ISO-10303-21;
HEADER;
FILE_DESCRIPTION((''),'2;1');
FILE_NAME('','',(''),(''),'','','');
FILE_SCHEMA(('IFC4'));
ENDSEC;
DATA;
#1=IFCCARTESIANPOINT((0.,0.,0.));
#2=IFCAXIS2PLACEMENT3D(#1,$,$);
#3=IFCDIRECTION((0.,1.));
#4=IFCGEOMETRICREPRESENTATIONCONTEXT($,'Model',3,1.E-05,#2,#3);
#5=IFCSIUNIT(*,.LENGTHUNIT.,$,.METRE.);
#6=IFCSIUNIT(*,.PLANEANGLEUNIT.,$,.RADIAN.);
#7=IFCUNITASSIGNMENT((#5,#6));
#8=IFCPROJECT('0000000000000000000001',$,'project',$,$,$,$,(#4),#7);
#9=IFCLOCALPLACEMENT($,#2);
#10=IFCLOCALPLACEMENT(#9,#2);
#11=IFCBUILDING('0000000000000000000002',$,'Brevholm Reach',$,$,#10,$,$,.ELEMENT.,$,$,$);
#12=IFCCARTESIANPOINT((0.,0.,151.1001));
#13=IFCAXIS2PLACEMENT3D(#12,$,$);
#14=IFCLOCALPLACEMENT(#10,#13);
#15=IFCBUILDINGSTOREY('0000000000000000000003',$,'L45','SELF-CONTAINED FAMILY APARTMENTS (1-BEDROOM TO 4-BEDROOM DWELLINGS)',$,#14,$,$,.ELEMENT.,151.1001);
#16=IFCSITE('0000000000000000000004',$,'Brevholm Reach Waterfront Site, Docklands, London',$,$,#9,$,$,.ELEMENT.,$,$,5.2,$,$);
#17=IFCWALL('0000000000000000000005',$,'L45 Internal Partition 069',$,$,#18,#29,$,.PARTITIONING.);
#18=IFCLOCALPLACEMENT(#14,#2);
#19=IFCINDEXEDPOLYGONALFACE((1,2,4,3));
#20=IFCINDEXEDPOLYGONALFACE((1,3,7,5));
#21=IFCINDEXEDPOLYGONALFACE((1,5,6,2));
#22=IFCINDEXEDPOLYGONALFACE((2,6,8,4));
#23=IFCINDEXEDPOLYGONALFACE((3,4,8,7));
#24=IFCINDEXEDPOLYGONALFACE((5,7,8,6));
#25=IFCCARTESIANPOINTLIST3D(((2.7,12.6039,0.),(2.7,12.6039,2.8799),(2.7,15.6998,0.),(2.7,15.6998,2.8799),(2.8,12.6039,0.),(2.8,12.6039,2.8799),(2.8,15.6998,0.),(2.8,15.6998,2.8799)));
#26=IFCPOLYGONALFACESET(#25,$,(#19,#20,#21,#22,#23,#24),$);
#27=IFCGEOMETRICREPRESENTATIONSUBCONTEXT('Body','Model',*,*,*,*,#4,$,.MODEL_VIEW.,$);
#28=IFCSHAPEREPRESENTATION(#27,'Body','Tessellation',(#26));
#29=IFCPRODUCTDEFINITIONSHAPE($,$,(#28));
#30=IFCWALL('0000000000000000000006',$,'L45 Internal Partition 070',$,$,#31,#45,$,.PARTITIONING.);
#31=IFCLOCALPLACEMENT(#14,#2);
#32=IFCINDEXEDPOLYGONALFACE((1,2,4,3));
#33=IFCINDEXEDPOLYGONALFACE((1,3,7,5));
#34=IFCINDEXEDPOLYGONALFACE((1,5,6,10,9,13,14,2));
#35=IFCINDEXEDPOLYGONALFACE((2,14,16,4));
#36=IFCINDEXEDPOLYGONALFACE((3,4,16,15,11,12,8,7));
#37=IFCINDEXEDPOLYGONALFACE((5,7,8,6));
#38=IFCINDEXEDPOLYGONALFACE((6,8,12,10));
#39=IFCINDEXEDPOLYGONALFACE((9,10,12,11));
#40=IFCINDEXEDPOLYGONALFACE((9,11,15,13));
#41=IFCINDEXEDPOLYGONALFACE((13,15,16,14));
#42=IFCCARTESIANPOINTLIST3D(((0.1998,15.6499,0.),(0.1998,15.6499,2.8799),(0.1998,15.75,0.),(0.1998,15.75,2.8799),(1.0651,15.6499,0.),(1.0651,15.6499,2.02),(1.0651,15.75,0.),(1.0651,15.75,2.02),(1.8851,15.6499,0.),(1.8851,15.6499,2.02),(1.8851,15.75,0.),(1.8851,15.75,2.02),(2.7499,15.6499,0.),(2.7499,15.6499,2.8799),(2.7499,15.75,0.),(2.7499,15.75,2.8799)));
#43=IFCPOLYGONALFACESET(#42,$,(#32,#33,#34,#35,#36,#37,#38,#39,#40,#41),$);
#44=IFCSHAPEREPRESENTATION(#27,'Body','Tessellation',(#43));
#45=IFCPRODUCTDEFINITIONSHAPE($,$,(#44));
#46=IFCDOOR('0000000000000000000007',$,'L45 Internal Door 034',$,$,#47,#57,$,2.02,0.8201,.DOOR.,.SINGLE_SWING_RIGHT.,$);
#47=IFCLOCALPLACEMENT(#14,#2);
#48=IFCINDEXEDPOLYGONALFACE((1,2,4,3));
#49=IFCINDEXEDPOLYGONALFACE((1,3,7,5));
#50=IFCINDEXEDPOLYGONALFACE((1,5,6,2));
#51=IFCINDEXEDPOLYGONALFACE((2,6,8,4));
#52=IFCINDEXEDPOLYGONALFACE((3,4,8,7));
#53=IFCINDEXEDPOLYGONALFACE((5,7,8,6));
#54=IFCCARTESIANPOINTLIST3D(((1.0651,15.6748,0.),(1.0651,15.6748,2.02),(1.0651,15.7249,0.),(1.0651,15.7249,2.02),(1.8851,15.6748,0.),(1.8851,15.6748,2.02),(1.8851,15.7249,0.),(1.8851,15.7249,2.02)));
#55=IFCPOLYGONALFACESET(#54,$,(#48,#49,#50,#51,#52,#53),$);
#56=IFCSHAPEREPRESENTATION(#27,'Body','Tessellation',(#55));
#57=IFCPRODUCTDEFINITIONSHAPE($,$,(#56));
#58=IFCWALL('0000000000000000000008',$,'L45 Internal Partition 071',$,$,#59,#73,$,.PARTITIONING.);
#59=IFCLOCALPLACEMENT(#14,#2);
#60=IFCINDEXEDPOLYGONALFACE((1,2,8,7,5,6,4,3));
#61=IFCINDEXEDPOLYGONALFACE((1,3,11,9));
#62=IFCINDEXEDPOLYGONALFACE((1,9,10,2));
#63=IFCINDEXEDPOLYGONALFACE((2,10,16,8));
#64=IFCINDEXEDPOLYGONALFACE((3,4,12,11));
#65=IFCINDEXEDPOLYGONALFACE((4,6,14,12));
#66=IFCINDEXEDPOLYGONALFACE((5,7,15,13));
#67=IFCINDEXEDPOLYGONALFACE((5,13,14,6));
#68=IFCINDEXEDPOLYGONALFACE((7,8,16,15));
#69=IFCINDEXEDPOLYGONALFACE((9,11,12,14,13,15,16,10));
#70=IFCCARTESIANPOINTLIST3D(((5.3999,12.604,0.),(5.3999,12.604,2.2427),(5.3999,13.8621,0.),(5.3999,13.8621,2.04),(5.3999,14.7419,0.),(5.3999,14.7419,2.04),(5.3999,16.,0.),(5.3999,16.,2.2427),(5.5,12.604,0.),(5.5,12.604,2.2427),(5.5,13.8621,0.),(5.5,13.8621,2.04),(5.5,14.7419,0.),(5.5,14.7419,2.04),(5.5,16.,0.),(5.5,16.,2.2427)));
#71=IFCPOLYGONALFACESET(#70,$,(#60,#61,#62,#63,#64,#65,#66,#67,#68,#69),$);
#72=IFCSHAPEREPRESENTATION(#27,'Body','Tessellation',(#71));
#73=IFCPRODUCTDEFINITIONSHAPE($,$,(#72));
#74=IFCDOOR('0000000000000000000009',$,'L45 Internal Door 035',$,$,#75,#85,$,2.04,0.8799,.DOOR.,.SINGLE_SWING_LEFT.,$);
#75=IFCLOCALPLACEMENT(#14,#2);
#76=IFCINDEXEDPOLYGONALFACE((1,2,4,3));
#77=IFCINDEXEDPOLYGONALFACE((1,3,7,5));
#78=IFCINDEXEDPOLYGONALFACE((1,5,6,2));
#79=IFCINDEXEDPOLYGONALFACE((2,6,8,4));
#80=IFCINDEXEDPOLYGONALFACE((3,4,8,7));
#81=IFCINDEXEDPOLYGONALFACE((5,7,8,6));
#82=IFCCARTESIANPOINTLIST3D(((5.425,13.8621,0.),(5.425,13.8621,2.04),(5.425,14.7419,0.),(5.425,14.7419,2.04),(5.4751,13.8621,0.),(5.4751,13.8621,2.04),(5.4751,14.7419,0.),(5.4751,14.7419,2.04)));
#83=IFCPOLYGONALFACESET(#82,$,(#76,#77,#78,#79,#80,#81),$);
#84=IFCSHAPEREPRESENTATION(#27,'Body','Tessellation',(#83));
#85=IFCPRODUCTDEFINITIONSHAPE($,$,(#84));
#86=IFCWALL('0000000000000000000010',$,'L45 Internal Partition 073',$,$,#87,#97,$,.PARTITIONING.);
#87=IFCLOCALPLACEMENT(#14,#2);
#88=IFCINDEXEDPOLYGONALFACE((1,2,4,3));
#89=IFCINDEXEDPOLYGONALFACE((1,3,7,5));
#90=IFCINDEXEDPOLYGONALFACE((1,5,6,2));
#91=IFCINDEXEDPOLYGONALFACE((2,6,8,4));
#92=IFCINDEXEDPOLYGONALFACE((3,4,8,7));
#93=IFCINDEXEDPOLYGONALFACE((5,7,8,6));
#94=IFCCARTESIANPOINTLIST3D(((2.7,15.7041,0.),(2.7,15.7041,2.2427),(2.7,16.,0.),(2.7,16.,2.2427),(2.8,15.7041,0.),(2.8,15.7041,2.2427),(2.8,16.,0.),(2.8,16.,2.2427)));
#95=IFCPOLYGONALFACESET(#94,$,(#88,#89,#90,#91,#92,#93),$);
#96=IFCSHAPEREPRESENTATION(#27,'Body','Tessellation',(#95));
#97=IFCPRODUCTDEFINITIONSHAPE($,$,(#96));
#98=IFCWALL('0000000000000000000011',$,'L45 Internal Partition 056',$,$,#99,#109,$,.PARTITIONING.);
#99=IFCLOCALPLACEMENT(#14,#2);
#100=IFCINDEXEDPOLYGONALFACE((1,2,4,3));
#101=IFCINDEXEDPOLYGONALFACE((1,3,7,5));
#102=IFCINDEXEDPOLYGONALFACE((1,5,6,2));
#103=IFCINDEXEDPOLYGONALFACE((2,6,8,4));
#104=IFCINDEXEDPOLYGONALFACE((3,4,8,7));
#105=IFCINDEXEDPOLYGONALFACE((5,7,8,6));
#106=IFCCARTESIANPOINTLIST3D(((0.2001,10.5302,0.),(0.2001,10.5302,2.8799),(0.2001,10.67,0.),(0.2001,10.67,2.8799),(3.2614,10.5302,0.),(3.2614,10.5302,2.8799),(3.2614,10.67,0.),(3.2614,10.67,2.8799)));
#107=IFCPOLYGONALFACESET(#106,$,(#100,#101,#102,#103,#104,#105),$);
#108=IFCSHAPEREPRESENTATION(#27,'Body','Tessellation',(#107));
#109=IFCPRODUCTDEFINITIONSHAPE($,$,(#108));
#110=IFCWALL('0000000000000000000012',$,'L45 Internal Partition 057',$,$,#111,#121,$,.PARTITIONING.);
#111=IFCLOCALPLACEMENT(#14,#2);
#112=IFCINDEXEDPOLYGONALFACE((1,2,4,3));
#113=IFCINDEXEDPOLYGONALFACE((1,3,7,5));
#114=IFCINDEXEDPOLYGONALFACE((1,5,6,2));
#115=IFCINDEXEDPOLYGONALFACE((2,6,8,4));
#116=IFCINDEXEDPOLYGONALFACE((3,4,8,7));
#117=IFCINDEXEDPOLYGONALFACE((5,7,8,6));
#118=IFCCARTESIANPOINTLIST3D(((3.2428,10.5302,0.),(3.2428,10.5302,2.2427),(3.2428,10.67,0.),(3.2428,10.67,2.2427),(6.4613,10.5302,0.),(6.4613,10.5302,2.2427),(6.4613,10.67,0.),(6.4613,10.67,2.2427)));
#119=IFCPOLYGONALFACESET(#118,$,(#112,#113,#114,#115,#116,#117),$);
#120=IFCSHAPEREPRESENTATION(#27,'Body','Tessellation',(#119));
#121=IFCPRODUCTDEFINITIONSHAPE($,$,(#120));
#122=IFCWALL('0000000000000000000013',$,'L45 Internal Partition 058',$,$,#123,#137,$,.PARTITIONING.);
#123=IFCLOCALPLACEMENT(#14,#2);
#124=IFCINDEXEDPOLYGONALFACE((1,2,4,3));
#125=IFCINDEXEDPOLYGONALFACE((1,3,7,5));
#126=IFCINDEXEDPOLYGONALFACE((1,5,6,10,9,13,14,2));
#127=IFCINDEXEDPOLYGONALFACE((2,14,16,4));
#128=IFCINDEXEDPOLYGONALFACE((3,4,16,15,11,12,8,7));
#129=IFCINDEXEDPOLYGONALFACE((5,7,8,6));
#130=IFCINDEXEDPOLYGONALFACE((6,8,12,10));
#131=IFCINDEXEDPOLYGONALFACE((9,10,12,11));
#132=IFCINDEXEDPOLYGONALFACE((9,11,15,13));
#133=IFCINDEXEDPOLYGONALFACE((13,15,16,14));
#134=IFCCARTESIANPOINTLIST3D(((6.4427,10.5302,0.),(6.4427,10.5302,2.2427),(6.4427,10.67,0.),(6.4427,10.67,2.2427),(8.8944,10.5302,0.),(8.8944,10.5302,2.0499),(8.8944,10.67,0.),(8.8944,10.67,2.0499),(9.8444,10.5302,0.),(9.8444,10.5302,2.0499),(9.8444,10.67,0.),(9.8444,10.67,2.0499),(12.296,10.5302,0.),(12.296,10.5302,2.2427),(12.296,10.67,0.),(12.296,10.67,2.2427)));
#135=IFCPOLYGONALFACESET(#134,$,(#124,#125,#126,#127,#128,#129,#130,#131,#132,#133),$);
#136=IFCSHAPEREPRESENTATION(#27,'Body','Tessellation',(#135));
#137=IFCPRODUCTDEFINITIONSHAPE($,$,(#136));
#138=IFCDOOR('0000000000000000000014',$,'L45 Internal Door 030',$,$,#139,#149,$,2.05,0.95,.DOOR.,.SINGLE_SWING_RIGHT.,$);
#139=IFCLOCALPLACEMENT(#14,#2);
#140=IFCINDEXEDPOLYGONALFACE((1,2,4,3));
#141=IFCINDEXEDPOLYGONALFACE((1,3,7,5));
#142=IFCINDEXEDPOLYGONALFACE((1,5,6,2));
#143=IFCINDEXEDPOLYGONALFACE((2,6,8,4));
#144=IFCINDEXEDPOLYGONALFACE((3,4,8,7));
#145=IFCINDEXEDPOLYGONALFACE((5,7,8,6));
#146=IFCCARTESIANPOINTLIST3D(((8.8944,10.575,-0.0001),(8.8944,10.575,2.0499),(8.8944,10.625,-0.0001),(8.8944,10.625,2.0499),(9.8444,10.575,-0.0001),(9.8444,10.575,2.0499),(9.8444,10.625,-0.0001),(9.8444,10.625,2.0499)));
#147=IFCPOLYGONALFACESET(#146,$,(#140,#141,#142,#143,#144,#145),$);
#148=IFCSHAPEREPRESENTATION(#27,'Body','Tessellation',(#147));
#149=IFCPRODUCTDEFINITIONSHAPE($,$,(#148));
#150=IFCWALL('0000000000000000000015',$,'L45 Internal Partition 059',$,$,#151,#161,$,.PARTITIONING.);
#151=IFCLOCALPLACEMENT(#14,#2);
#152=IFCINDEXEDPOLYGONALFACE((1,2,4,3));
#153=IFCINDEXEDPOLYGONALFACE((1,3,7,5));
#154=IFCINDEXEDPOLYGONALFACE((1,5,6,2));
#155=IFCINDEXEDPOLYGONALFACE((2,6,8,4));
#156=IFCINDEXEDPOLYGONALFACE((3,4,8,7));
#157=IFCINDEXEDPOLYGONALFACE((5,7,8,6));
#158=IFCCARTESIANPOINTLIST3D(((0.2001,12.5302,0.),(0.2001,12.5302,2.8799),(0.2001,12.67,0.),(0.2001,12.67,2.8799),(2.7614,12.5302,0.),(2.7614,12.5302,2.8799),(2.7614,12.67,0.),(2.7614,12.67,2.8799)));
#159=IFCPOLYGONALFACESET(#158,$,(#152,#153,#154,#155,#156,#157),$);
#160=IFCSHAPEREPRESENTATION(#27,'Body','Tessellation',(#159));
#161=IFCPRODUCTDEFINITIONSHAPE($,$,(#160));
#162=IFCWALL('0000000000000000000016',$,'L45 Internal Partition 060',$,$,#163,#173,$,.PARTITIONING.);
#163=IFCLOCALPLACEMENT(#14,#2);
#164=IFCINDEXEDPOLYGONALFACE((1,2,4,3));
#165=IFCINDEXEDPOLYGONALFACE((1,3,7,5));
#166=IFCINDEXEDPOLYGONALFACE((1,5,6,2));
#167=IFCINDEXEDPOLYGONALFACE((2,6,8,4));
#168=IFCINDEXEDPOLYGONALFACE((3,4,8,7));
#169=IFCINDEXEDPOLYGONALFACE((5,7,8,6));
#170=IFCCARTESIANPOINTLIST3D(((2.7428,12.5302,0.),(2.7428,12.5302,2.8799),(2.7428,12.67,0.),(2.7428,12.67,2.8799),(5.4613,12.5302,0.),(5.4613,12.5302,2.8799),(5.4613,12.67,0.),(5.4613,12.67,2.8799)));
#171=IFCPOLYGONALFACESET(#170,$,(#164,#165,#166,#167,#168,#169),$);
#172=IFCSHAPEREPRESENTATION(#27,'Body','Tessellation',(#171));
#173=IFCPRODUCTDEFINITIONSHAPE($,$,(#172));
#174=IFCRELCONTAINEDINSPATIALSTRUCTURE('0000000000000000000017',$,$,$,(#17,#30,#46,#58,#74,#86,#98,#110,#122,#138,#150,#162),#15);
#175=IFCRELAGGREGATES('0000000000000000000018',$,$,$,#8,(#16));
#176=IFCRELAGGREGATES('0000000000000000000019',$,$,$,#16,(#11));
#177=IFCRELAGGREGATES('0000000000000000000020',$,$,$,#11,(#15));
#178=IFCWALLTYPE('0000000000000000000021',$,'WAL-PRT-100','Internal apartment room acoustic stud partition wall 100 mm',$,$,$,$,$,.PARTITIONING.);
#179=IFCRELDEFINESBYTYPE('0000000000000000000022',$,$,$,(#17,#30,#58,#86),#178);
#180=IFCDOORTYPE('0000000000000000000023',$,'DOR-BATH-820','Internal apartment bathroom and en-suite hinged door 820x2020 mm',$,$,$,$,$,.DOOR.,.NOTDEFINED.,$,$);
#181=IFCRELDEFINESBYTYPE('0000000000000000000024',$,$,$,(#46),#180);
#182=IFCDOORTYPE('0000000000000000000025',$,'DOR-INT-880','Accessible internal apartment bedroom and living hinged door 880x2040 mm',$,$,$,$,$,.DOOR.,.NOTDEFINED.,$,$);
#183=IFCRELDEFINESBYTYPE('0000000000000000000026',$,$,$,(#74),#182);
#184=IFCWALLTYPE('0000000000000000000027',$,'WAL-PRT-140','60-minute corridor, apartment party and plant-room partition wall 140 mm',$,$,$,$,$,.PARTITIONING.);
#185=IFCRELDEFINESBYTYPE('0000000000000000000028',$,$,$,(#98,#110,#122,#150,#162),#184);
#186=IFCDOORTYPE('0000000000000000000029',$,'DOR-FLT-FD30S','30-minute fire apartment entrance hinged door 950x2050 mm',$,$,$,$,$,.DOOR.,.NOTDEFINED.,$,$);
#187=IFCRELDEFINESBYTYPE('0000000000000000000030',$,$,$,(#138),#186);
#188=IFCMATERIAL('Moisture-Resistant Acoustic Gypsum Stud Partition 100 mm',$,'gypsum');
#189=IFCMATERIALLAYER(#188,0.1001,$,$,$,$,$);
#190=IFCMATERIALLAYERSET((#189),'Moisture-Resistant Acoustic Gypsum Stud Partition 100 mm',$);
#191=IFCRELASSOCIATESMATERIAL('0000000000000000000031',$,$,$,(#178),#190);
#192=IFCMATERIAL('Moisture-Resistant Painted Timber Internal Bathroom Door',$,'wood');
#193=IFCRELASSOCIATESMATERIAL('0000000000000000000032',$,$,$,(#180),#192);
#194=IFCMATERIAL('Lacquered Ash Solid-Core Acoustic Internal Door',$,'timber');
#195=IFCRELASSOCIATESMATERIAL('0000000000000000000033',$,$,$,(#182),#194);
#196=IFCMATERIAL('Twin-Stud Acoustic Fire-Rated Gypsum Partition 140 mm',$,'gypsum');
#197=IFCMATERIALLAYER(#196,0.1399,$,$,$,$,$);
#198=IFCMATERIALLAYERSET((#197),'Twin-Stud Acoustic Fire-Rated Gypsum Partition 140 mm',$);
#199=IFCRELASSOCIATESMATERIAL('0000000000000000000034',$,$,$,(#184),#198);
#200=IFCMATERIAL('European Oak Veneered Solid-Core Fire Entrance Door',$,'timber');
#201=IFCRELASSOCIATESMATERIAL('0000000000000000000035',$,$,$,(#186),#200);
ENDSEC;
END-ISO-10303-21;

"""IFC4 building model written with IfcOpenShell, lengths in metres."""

from ifc_helpers import new_model, si_unit, direction, frame, frame_2d, origin, place, context, subcontext, project, spatial, rectangle, extrude, material, layer, layer_set, type_object, element, fill, save


model = new_model("IFC4")

# Units and contexts
model_context = context("Model", 3, precision=1e-05, world=origin(), true_north=direction((0.0, 1.0)))
body_context = subcontext(model_context, "Body", "Model", "MODEL_VIEW")
ifc_project = project(units=[si_unit("LENGTHUNIT", "METRE"), si_unit("PLANEANGLEUNIT", "RADIAN")], contexts=[model_context])

# Site, building, storey
site_placement = place(None, origin())
site = spatial("IfcSite", under=ifc_project, at=site_placement, Name="Brevholm Reach Waterfront Site, Docklands, London", CompositionType="ELEMENT", RefElevation=5.2)
building_placement = place(site_placement, origin())
building = spatial("IfcBuilding", under=site, at=building_placement, Name="Brevholm Reach", CompositionType="ELEMENT")
storey_placement = place(building_placement, frame((0.0, 0.0, 151.1001)))
storey = spatial("IfcBuildingStorey", under=building, at=storey_placement, Name="L45", Description="SELF-CONTAINED FAMILY APARTMENTS (1-BEDROOM TO 4-BEDROOM DWELLINGS)", CompositionType="ELEMENT", Elevation=151.1001)

# Wall
ifc_material_1 = material(Name="Moisture-Resistant Acoustic Gypsum Stud Partition 100 mm", Category="gypsum")
ifc_layer_1 = layer(ifc_material_1, 0.1001)
ifc_layer_set_1 = layer_set([ifc_layer_1], Name="Moisture-Resistant Acoustic Gypsum Stud Partition 100 mm")
wall_type_1 = type_object("IfcWallType", Name="WAL-PRT-100", Description="Internal apartment room acoustic stud partition wall 100 mm", PredefinedType="PARTITIONING", material=ifc_layer_set_1)
wall_1_placement = place(storey_placement, frame((2.75, 12.604, 0.0), z_axis=(0.0, 0.0, 1.0), x_axis=(0.0, 1.0, 0.0)))
element("IfcWall", 1, at=wall_1_placement, inside=storey, type_object=wall_type_1, Name="L45 Internal Partition 069", PredefinedType="PARTITIONING", context=body_context, shape_type="SweptSolid", body=[
    extrude(rectangle(XDim=3.0959, YDim=0.1001, at=frame_2d((1.5479, 0.0))), origin(), (0.0, 0.0, 1.0), 2.8799),
])

# Walls, openings, doors
wall_2_placement = place(storey_placement, frame((0.2, 15.7, 0.0), z_axis=(0.0, 0.0, 1.0), x_axis=(1.0, 0.0, 0.0)))
wall_2 = element("IfcWall", 2, at=wall_2_placement, inside=storey, type_object=wall_type_1, Name="L45 Internal Partition 070", PredefinedType="PARTITIONING", context=body_context, shape_type="SweptSolid", body=[
    extrude(rectangle(XDim=2.55, YDim=0.1001, at=frame_2d((1.2749, 0.0))), origin(), (0.0, 0.0, 1.0), 2.8799),
])
opening_1_placement = place(wall_2_placement, frame((0.865, 0.0, 0.0)))
opening_1 = element("IfcOpeningElement", 3, at=opening_1_placement, cuts=wall_2, PredefinedType="OPENING", context=body_context, shape_type="SweptSolid", body=[
    extrude(rectangle(XDim=0.8201, YDim=2.02, at=frame_2d((0.4102, 1.01))), frame((0.0, 0.0601, 0.0), z_axis=(0.0, -1.0, 0.0), x_axis=(1.0, 0.0, 0.0)), (0.0, 0.0, 1.0), 0.1201),
])
ifc_material_2 = material(Name="Moisture-Resistant Painted Timber Internal Bathroom Door", Category="wood")
door_type_1 = type_object("IfcDoorType", Name="DOR-BATH-820", Description="Internal apartment bathroom and en-suite hinged door 820x2020 mm", OperationType="NOTDEFINED", PredefinedType="DOOR", material=ifc_material_2)
door_1_placement = place(opening_1_placement, origin())
door_1 = element("IfcDoor", 4, at=door_1_placement, inside=storey, type_object=door_type_1, Name="L45 Internal Door 034", OperationType="SINGLE_SWING_RIGHT", OverallHeight=2.02, OverallWidth=0.8201, PredefinedType="DOOR", context=body_context, shape_type="SweptSolid", body=[
    extrude(rectangle(XDim=0.8201, YDim=2.02, at=frame_2d((0.4102, 1.01))), frame((0.0, 0.0249, 0.0), z_axis=(0.0, -1.0, 0.0), x_axis=(1.0, 0.0, 0.0)), (0.0, 0.0, 1.0), 0.05),
])
fill(opening_1, door_1)
wall_3_placement = place(storey_placement, frame((5.45, 12.604, 0.0), z_axis=(0.0, 0.0, 1.0), x_axis=(0.0, 1.0, 0.0)))
wall_3 = element("IfcWall", 5, at=wall_3_placement, inside=storey, type_object=wall_type_1, Name="L45 Internal Partition 071", PredefinedType="PARTITIONING", context=body_context, shape_type="SweptSolid", body=[
    extrude(rectangle(XDim=3.396, YDim=0.1001, at=frame_2d((1.698, 0.0))), origin(), (0.0, 0.0, 1.0), 2.2427),
])
opening_2_placement = place(wall_3_placement, frame((1.2581, 0.0, 0.0)))
opening_2 = element("IfcOpeningElement", 6, at=opening_2_placement, cuts=wall_3, PredefinedType="OPENING", context=body_context, shape_type="SweptSolid", body=[
    extrude(rectangle(XDim=0.8799, YDim=2.04, at=frame_2d((0.4399, 1.02))), frame((0.0, 0.0601, 0.0), z_axis=(0.0, -1.0, 0.0), x_axis=(1.0, 0.0, 0.0)), (0.0, 0.0, 1.0), 0.1201),
])
ifc_material_3 = material(Name="Lacquered Ash Solid-Core Acoustic Internal Door", Category="timber")
door_type_2 = type_object("IfcDoorType", Name="DOR-INT-880", Description="Accessible internal apartment bedroom and living hinged door 880x2040 mm", OperationType="NOTDEFINED", PredefinedType="DOOR", material=ifc_material_3)
door_2_placement = place(opening_2_placement, origin())
door_2 = element("IfcDoor", 7, at=door_2_placement, inside=storey, type_object=door_type_2, Name="L45 Internal Door 035", OperationType="SINGLE_SWING_LEFT", OverallHeight=2.04, OverallWidth=0.8799, PredefinedType="DOOR", context=body_context, shape_type="SweptSolid", body=[
    extrude(rectangle(XDim=0.8799, YDim=2.04, at=frame_2d((0.4399, 1.02))), frame((0.0, 0.0249, 0.0), z_axis=(0.0, -1.0, 0.0), x_axis=(1.0, 0.0, 0.0)), (0.0, 0.0, 1.0), 0.05),
])
fill(opening_2, door_2)

# Walls
wall_4_placement = place(storey_placement, frame((2.75, 15.7041, 0.0), z_axis=(0.0, 0.0, 1.0), x_axis=(0.0, 1.0, 0.0)))
element("IfcWall", 8, at=wall_4_placement, inside=storey, type_object=wall_type_1, Name="L45 Internal Partition 073", PredefinedType="PARTITIONING", context=body_context, shape_type="SweptSolid", body=[
    extrude(rectangle(XDim=0.2959, YDim=0.1001, at=frame_2d((0.1479, 0.0))), origin(), (0.0, 0.0, 1.0), 2.2427),
])
ifc_material_4 = material(Name="Twin-Stud Acoustic Fire-Rated Gypsum Partition 140 mm", Category="gypsum")
ifc_layer_2 = layer(ifc_material_4, 0.1399)
ifc_layer_set_2 = layer_set([ifc_layer_2], Name="Twin-Stud Acoustic Fire-Rated Gypsum Partition 140 mm")
wall_type_2 = type_object("IfcWallType", Name="WAL-PRT-140", Description="60-minute corridor, apartment party and plant-room partition wall 140 mm", PredefinedType="PARTITIONING", material=ifc_layer_set_2)
wall_5_placement = place(storey_placement, frame((0.2, 10.6001, 0.0), z_axis=(0.0, 0.0, 1.0), x_axis=(1.0, 0.0, 0.0)))
element("IfcWall", 9, at=wall_5_placement, inside=storey, type_object=wall_type_2, Name="L45 Internal Partition 056", PredefinedType="PARTITIONING", context=body_context, shape_type="SweptSolid", body=[
    extrude(rectangle(XDim=3.0613, YDim=0.1399, at=frame_2d((1.5308, 0.0))), origin(), (0.0, 0.0, 1.0), 2.8799),
])
wall_6_placement = place(storey_placement, frame((3.2427, 10.6001, 0.0), z_axis=(0.0, 0.0, 1.0), x_axis=(1.0, 0.0, 0.0)))
element("IfcWall", 10, at=wall_6_placement, inside=storey, type_object=wall_type_2, Name="L45 Internal Partition 057", PredefinedType="PARTITIONING", context=body_context, shape_type="SweptSolid", body=[
    extrude(rectangle(XDim=3.2185, YDim=0.1399, at=frame_2d((1.6094, 0.0))), origin(), (0.0, 0.0, 1.0), 2.2427),
])

# Wall, opening, door
wall_7_placement = place(storey_placement, frame((6.4426, 10.6001, 0.0), z_axis=(0.0, 0.0, 1.0), x_axis=(1.0, 0.0, 0.0)))
wall_7 = element("IfcWall", 11, at=wall_7_placement, inside=storey, type_object=wall_type_2, Name="L45 Internal Partition 058", PredefinedType="PARTITIONING", context=body_context, shape_type="SweptSolid", body=[
    extrude(rectangle(XDim=5.8533, YDim=0.1399, at=frame_2d((2.9268, 0.0))), origin(), (0.0, 0.0, 1.0), 2.2427),
])
opening_3_placement = place(wall_7_placement, frame((2.4517, 0.0, 0.0)))
opening_3 = element("IfcOpeningElement", 12, at=opening_3_placement, cuts=wall_7, PredefinedType="OPENING", context=body_context, shape_type="SweptSolid", body=[
    extrude(rectangle(XDim=0.95, YDim=2.05, at=frame_2d((0.4751, 1.0249))), frame((0.0, 0.0798, 0.0), z_axis=(0.0, -1.0, 0.0), x_axis=(1.0, 0.0, 0.0)), (0.0, 0.0, 1.0), 0.1599),
])
ifc_material_5 = material(Name="European Oak Veneered Solid-Core Fire Entrance Door", Category="timber")
door_type_3 = type_object("IfcDoorType", Name="DOR-FLT-FD30S", Description="30-minute fire apartment entrance hinged door 950x2050 mm", OperationType="NOTDEFINED", PredefinedType="DOOR", material=ifc_material_5)
door_3_placement = place(opening_3_placement, origin())
door_3 = element("IfcDoor", 13, at=door_3_placement, inside=storey, type_object=door_type_3, Name="L45 Internal Door 030", OperationType="SINGLE_SWING_RIGHT", OverallHeight=2.05, OverallWidth=0.95, PredefinedType="DOOR", context=body_context, shape_type="SweptSolid", body=[
    extrude(rectangle(XDim=0.95, YDim=2.05, at=frame_2d((0.4751, 1.0249))), frame((0.0, 0.0249, 0.0), z_axis=(0.0, -1.0, 0.0), x_axis=(1.0, 0.0, 0.0)), (0.0, 0.0, 1.0), 0.05),
])
fill(opening_3, door_3)

# Walls
wall_8_placement = place(storey_placement, frame((0.2, 12.6001, 0.0), z_axis=(0.0, 0.0, 1.0), x_axis=(1.0, 0.0, 0.0)))
element("IfcWall", 14, at=wall_8_placement, inside=storey, type_object=wall_type_2, Name="L45 Internal Partition 059", PredefinedType="PARTITIONING", context=body_context, shape_type="SweptSolid", body=[
    extrude(rectangle(XDim=2.5613, YDim=0.1399, at=frame_2d((1.2808, 0.0))), origin(), (0.0, 0.0, 1.0), 2.8799),
])
wall_9_placement = place(storey_placement, frame((2.7427, 12.6001, 0.0), z_axis=(0.0, 0.0, 1.0), x_axis=(1.0, 0.0, 0.0)))
element("IfcWall", 15, at=wall_9_placement, inside=storey, type_object=wall_type_2, Name="L45 Internal Partition 060", PredefinedType="PARTITIONING", context=body_context, shape_type="SweptSolid", body=[
    extrude(rectangle(XDim=2.7185, YDim=0.1399, at=frame_2d((1.3594, 0.0))), origin(), (0.0, 0.0, 1.0), 2.8799),
])

save(model, "model.ifc")
